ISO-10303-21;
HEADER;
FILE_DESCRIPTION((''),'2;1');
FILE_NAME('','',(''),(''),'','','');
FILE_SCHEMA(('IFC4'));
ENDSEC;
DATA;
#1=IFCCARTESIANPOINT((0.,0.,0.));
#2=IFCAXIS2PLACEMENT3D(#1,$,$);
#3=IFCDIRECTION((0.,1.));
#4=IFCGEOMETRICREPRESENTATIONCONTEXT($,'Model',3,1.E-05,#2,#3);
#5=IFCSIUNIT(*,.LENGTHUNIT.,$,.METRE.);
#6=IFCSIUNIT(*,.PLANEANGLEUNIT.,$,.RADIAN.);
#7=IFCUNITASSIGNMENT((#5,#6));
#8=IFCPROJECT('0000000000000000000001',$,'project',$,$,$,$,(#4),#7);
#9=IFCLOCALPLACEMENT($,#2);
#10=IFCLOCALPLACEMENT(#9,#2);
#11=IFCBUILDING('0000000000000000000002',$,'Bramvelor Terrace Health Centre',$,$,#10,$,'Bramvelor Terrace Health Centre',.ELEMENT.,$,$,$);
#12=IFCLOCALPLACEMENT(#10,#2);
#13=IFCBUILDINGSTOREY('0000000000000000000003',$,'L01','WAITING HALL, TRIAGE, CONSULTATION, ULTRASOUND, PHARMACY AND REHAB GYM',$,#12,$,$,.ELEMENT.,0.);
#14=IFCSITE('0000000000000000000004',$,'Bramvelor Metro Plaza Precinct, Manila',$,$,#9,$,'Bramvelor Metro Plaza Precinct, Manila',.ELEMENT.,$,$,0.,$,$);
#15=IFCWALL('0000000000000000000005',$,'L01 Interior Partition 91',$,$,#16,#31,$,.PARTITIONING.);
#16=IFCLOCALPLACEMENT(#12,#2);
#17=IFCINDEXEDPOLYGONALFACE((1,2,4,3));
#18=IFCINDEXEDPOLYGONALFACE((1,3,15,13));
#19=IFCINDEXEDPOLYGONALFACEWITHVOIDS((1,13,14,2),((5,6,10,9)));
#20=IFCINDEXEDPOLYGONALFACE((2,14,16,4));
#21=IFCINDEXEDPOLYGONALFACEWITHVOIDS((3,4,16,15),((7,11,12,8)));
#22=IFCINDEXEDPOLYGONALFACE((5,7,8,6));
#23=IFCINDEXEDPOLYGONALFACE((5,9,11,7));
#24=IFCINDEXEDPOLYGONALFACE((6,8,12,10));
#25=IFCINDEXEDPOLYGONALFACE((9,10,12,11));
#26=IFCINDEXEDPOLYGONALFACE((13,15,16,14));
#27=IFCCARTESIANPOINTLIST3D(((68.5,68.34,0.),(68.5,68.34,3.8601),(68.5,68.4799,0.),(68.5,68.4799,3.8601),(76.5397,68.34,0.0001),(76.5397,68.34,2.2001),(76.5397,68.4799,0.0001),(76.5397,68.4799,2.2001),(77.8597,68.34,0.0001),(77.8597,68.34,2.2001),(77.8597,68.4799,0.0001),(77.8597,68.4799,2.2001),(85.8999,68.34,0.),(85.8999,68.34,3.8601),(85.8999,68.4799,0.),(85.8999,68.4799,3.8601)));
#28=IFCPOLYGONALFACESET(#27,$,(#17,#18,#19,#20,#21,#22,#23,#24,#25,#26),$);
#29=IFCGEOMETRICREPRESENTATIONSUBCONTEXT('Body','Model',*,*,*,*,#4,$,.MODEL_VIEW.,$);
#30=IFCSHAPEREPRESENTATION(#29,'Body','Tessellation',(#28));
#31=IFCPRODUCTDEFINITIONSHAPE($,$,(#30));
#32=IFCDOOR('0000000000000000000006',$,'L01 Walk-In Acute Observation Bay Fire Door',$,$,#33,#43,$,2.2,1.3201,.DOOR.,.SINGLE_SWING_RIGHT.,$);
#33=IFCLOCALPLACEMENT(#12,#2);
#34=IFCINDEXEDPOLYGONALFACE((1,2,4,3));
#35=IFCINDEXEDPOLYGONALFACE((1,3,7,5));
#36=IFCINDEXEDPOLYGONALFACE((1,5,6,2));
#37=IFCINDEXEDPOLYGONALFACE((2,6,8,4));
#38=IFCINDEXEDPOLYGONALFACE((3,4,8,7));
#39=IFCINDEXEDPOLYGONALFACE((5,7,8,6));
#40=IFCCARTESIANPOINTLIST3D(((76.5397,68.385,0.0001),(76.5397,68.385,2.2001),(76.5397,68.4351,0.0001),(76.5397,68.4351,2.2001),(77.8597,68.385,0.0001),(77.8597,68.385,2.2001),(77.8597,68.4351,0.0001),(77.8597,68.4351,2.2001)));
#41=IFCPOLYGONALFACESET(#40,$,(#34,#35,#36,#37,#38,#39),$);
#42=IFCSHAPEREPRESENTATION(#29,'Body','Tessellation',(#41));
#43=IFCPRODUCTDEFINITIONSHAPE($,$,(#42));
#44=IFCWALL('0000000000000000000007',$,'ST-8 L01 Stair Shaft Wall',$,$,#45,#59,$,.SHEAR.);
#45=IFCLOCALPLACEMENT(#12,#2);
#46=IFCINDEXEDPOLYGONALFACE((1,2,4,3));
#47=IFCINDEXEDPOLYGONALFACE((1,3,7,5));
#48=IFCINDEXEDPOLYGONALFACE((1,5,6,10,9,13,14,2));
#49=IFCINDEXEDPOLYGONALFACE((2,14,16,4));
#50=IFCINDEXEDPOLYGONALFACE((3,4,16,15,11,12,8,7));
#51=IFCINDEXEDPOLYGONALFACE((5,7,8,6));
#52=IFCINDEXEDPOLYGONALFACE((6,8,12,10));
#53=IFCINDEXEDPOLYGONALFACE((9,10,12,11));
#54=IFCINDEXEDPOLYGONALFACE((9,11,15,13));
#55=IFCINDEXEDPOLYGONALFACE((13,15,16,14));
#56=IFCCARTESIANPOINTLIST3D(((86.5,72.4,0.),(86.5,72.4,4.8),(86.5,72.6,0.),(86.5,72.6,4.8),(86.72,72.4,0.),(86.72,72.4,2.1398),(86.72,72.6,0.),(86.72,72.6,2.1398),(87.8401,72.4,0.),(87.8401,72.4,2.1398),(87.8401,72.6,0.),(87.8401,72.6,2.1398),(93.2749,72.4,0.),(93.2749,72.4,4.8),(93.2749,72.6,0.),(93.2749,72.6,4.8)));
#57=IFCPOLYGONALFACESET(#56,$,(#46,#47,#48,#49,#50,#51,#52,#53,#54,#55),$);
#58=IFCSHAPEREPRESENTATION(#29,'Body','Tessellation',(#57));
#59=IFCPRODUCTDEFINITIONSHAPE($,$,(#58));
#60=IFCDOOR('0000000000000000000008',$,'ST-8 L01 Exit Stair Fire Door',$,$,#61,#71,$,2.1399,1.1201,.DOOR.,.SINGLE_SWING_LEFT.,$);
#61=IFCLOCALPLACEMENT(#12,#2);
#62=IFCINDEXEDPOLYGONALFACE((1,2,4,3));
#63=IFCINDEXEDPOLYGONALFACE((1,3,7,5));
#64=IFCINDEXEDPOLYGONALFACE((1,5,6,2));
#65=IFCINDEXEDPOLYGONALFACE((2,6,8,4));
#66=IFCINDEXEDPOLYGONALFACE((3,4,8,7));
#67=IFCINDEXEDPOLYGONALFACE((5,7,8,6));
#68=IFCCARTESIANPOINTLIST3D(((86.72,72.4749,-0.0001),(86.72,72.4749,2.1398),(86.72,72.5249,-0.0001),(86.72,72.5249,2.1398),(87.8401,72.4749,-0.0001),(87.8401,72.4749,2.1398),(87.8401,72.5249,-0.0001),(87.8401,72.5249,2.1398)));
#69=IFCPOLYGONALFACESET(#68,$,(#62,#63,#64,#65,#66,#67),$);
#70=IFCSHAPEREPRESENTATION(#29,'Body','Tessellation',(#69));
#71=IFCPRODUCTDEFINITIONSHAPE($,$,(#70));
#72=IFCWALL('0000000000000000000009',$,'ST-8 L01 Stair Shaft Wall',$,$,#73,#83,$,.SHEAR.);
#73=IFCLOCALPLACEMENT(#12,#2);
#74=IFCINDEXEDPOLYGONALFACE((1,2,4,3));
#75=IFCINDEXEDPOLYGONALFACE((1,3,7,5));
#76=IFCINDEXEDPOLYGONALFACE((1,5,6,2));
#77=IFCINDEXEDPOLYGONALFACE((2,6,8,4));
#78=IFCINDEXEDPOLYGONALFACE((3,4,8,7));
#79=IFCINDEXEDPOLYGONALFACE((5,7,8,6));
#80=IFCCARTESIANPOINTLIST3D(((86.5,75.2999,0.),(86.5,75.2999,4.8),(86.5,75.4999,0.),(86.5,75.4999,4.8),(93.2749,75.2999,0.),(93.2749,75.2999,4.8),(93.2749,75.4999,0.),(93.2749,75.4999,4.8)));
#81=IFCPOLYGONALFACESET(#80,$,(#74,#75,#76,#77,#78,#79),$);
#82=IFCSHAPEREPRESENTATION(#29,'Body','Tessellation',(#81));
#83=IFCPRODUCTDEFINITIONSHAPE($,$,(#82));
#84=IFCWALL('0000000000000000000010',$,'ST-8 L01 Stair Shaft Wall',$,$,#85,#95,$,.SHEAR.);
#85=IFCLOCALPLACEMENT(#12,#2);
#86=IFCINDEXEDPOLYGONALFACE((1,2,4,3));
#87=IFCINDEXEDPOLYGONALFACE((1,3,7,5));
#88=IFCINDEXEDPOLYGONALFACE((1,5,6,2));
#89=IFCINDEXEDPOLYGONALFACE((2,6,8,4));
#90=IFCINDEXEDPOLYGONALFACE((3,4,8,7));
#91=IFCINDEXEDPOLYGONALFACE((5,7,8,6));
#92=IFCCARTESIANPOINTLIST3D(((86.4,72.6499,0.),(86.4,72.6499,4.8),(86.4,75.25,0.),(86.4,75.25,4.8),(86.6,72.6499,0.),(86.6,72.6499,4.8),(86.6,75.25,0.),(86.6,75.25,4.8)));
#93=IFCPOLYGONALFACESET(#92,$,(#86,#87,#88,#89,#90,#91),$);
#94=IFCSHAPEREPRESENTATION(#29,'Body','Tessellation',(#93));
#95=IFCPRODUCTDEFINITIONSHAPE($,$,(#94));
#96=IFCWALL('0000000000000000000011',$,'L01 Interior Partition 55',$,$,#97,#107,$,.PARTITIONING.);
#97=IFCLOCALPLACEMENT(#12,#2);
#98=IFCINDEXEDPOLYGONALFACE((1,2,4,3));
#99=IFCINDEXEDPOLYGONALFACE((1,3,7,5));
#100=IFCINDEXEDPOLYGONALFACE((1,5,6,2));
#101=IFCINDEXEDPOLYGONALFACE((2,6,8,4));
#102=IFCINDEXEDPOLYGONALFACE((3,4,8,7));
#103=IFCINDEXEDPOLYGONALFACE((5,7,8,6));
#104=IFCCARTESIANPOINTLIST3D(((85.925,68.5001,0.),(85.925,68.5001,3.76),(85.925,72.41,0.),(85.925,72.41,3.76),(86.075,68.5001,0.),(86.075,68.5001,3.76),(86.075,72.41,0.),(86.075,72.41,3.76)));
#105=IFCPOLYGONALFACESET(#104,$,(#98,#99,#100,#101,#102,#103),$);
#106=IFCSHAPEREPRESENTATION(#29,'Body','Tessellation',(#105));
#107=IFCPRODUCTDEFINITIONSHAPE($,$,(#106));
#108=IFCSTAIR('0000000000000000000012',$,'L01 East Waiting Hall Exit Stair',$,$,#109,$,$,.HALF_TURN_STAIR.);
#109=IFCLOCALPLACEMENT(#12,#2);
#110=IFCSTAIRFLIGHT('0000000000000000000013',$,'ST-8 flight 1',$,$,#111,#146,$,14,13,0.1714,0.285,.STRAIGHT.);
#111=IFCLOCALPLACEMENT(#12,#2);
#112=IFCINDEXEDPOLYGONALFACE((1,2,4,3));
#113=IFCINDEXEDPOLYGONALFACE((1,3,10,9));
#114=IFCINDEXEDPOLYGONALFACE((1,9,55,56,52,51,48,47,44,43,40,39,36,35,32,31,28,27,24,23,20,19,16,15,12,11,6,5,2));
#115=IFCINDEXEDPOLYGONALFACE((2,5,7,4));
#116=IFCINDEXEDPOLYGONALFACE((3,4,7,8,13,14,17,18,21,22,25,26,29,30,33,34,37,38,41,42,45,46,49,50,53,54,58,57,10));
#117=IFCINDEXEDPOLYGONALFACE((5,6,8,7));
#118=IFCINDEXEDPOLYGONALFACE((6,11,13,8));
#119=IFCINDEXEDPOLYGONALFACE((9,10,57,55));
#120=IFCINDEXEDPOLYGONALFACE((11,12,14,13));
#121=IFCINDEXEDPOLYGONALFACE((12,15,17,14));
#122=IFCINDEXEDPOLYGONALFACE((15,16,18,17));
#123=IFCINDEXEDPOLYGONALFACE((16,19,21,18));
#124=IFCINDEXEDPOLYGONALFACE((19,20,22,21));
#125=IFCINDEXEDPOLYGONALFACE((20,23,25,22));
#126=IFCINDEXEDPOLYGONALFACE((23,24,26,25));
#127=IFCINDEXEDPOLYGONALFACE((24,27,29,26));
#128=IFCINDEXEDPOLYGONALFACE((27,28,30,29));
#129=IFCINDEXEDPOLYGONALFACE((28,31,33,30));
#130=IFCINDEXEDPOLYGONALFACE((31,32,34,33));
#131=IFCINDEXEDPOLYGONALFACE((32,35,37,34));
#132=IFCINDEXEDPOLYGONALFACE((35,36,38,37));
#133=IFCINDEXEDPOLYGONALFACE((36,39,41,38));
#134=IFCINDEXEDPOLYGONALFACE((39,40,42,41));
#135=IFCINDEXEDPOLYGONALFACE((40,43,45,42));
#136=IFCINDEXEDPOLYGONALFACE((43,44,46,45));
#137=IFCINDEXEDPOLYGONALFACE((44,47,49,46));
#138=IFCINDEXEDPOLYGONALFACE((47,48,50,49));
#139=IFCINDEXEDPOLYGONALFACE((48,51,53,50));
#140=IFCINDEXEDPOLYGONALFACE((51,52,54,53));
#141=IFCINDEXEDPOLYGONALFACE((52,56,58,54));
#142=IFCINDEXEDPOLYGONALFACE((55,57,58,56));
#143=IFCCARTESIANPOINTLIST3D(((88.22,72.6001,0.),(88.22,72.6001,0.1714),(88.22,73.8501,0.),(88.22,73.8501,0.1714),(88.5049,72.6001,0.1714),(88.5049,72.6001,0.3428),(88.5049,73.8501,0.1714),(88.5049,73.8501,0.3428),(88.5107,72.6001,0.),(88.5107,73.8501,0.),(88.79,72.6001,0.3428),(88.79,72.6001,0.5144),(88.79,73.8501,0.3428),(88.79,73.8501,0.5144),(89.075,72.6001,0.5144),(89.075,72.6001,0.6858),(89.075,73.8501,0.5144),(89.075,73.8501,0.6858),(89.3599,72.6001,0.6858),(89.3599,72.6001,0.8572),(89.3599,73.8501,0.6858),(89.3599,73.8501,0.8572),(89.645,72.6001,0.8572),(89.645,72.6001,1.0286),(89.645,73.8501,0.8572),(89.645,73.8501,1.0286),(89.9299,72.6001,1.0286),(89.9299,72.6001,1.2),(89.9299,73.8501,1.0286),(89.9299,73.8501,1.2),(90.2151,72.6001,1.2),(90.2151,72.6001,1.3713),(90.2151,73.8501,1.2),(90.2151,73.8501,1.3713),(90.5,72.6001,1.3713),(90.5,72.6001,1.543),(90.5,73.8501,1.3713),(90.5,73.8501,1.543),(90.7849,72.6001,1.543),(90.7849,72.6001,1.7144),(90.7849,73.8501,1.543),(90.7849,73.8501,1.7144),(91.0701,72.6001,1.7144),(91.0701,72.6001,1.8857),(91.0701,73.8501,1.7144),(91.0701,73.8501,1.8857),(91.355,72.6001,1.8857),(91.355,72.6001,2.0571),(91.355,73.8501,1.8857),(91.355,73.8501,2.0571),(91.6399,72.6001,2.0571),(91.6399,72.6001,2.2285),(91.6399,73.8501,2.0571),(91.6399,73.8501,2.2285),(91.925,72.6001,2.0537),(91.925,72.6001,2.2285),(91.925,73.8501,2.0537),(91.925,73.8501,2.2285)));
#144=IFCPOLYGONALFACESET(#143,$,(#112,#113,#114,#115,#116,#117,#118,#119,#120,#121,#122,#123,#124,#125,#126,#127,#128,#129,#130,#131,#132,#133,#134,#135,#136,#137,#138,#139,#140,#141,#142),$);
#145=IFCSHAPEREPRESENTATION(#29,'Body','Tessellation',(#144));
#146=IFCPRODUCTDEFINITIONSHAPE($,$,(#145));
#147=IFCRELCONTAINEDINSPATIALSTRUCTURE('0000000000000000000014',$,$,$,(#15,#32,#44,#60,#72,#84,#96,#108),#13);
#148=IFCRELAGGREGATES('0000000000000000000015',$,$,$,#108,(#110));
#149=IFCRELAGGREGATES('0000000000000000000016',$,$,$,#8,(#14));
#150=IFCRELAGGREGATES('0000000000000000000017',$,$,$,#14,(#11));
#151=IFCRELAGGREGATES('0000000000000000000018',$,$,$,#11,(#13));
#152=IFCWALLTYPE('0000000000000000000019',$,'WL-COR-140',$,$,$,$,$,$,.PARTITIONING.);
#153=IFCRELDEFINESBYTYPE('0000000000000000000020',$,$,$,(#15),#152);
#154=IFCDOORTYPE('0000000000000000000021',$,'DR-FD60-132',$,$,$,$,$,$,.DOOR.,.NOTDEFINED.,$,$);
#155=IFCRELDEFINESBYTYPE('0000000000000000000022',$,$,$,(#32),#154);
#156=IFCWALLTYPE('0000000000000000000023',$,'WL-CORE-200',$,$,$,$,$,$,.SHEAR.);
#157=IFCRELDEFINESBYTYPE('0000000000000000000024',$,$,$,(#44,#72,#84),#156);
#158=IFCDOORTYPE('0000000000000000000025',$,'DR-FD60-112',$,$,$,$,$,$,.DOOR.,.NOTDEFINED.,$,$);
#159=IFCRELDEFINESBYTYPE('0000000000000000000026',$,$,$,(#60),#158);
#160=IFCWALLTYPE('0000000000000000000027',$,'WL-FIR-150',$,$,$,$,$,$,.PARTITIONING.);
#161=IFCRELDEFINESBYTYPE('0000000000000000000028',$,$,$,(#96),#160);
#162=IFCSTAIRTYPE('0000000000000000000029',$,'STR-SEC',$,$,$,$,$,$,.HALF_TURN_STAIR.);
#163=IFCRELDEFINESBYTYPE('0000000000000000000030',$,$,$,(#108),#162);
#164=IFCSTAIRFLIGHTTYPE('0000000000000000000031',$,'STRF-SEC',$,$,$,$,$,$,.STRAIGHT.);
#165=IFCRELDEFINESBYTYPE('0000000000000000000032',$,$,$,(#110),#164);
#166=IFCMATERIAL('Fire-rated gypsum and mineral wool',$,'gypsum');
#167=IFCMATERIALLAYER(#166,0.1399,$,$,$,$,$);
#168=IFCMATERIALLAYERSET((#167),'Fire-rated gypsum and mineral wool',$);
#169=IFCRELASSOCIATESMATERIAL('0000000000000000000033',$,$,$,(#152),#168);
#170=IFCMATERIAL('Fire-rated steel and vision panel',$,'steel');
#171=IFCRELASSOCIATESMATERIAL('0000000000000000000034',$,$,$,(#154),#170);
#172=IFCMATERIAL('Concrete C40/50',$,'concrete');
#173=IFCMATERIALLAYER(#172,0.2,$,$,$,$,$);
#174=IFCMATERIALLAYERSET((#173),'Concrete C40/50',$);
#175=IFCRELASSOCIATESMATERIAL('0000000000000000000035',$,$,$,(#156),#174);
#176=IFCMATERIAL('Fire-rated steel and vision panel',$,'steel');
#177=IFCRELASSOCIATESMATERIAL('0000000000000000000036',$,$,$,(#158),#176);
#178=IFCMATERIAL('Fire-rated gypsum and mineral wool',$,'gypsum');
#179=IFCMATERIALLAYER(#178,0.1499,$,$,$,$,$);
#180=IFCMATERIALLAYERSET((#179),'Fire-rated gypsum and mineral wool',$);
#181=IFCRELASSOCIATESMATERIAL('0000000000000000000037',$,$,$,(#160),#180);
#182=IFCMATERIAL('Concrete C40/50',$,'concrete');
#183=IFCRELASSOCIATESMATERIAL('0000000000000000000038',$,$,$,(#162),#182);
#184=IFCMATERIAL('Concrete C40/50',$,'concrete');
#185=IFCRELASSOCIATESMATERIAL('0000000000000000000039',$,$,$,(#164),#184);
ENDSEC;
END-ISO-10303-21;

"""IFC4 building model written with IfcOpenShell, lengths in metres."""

from ifc_helpers import new_model, si_unit, direction, frame, frame_2d, origin, place, context, subcontext, project, spatial, polyline, rectangle, outline, extrude, material, layer, layer_set, type_object, element, fill, aggregate, save


model = new_model("IFC4")

# Units and contexts
model_context = context("Model", 3, precision=1e-05, world=origin(), true_north=direction((0.0, 1.0)))
body_context = subcontext(model_context, "Body", "Model", "MODEL_VIEW")
ifc_project = project(units=[si_unit("LENGTHUNIT", "METRE"), si_unit("PLANEANGLEUNIT", "RADIAN")], contexts=[model_context])

# Site, building, storey
site_placement = place(None, origin())
site = spatial("IfcSite", under=ifc_project, at=site_placement, Name="Bramvelor Metro Plaza Precinct, Manila", LongName="Bramvelor Metro Plaza Precinct, Manila", CompositionType="ELEMENT", RefElevation=0.0)
building_placement = place(site_placement, origin())
building = spatial("IfcBuilding", under=site, at=building_placement, Name="Bramvelor Terrace Health Centre", LongName="Bramvelor Terrace Health Centre", CompositionType="ELEMENT")
storey_placement = place(building_placement, origin())
storey = spatial("IfcBuildingStorey", under=building, at=storey_placement, Name="L01", Description="WAITING HALL, TRIAGE, CONSULTATION, ULTRASOUND, PHARMACY AND REHAB GYM", CompositionType="ELEMENT", Elevation=0.0)

# Shared definitions
ifc_material_1 = material(Name="Fire-rated gypsum and mineral wool", Category="gypsum")
ifc_layer_1 = layer(ifc_material_1, 0.1399)
ifc_layer_set_1 = layer_set([ifc_layer_1], Name="Fire-rated gypsum and mineral wool")
wall_type_1 = type_object("IfcWallType", Name="WL-COR-140", PredefinedType="PARTITIONING", material=ifc_layer_set_1)

# Walls, openings, doors
wall_1_placement = place(storey_placement, frame((85.8999, 68.4099, 0.0), z_axis=(0.0, 0.0, 1.0), x_axis=(-1.0, 0.0, 0.0)))
wall_1 = element("IfcWall", 1, at=wall_1_placement, inside=storey, type_object=wall_type_1, Name="L01 Interior Partition 91", PredefinedType="PARTITIONING", context=body_context, shape_type="SweptSolid", body=[
    extrude(rectangle(XDim=17.3999, YDim=0.1399, at=frame_2d((8.7, 0.0))), origin(), (0.0, 0.0, 1.0), 3.8601),
])
opening_1_placement = place(wall_1_placement, frame((8.04, 0.0, 0.0)))
opening_1 = element("IfcOpeningElement", 2, at=opening_1_placement, cuts=wall_1, PredefinedType="OPENING", context=body_context, shape_type="SweptSolid", body=[
    extrude(rectangle(XDim=1.3201, YDim=2.2, at=frame_2d((0.6602, 1.1001))), frame((0.0, 0.0798, 0.0), z_axis=(0.0, -1.0, 0.0), x_axis=(1.0, 0.0, 0.0)), (0.0, 0.0, 1.0), 0.1599),
])
ifc_material_2 = material(Name="Fire-rated steel and vision panel", Category="steel")
door_type_1 = type_object("IfcDoorType", Name="DR-FD60-132", OperationType="NOTDEFINED", PredefinedType="DOOR", material=ifc_material_2)
door_1_placement = place(opening_1_placement, origin())
door_1 = element("IfcDoor", 3, at=door_1_placement, inside=storey, type_object=door_type_1, Name="L01 Walk-In Acute Observation Bay Fire Door", OperationType="SINGLE_SWING_RIGHT", OverallHeight=2.2, OverallWidth=1.3201, PredefinedType="DOOR", context=body_context, shape_type="SweptSolid", body=[
    extrude(rectangle(XDim=1.3201, YDim=2.2, at=frame_2d((0.6602, 1.1001))), frame((0.0, 0.0249, 0.0), z_axis=(0.0, -1.0, 0.0), x_axis=(1.0, 0.0, 0.0)), (0.0, 0.0, 1.0), 0.05),
])
fill(opening_1, door_1)
ifc_material_3 = material(Name="Concrete C40/50", Category="concrete")
ifc_layer_2 = layer(ifc_material_3, 0.2)
ifc_layer_set_2 = layer_set([ifc_layer_2], Name="Concrete C40/50")
wall_type_2 = type_object("IfcWallType", Name="WL-CORE-200", PredefinedType="SHEAR", material=ifc_layer_set_2)
wall_2_placement = place(storey_placement, frame((86.5, 72.5, 0.0), z_axis=(0.0, 0.0, 1.0), x_axis=(1.0, 0.0, 0.0)))
wall_2 = element("IfcWall", 4, at=wall_2_placement, inside=storey, type_object=wall_type_2, Name="ST-8 L01 Stair Shaft Wall", PredefinedType="SHEAR", context=body_context, shape_type="SweptSolid", body=[
    extrude(rectangle(XDim=6.7749, YDim=0.2, at=frame_2d((3.3875, 0.0))), origin(), (0.0, 0.0, 1.0), 4.8),
])
opening_2_placement = place(wall_2_placement, frame((0.22, 0.0, 0.0)))
opening_2 = element("IfcOpeningElement", 5, at=opening_2_placement, cuts=wall_2, PredefinedType="OPENING", context=body_context, shape_type="SweptSolid", body=[
    extrude(rectangle(XDim=1.1201, YDim=2.1399, at=frame_2d((0.5601, 1.0698))), frame((0.0, 0.1099, 0.0), z_axis=(0.0, -1.0, 0.0), x_axis=(1.0, 0.0, 0.0)), (0.0, 0.0, 1.0), 0.22),
])
ifc_material_4 = material(Name="Fire-rated steel and vision panel", Category="steel")
door_type_2 = type_object("IfcDoorType", Name="DR-FD60-112", OperationType="NOTDEFINED", PredefinedType="DOOR", material=ifc_material_4)
door_2_placement = place(opening_2_placement, origin())
door_2 = element("IfcDoor", 6, at=door_2_placement, inside=storey, type_object=door_type_2, Name="ST-8 L01 Exit Stair Fire Door", OperationType="SINGLE_SWING_LEFT", OverallHeight=2.1399, OverallWidth=1.1201, PredefinedType="DOOR", context=body_context, shape_type="SweptSolid", body=[
    extrude(rectangle(XDim=1.1201, YDim=2.1399, at=frame_2d((0.5601, 1.0698))), frame((0.0, 0.0249, 0.0), z_axis=(0.0, -1.0, 0.0), x_axis=(1.0, 0.0, 0.0)), (0.0, 0.0, 1.0), 0.05),
])
fill(opening_2, door_2)

# Walls
wall_3_placement = place(storey_placement, frame((86.5, 75.3999, 0.0), z_axis=(0.0, 0.0, 1.0), x_axis=(1.0, 0.0, 0.0)))
element("IfcWall", 7, at=wall_3_placement, inside=storey, type_object=wall_type_2, Name="ST-8 L01 Stair Shaft Wall", PredefinedType="SHEAR", context=body_context, shape_type="SweptSolid", body=[
    extrude(rectangle(XDim=6.7749, YDim=0.2, at=frame_2d((3.3875, 0.0))), origin(), (0.0, 0.0, 1.0), 4.8),
])
wall_4_placement = place(storey_placement, frame((86.5, 72.6499, 0.0), z_axis=(0.0, 0.0, 1.0), x_axis=(0.0, 1.0, 0.0)))
element("IfcWall", 8, at=wall_4_placement, inside=storey, type_object=wall_type_2, Name="ST-8 L01 Stair Shaft Wall", PredefinedType="SHEAR", context=body_context, shape_type="SweptSolid", body=[
    extrude(rectangle(XDim=2.6001, YDim=0.2, at=frame_2d((1.3, 0.0))), origin(), (0.0, 0.0, 1.0), 4.8),
])
ifc_material_5 = material(Name="Fire-rated gypsum and mineral wool", Category="gypsum")
ifc_layer_3 = layer(ifc_material_5, 0.1499)
ifc_layer_set_3 = layer_set([ifc_layer_3], Name="Fire-rated gypsum and mineral wool")
wall_type_3 = type_object("IfcWallType", Name="WL-FIR-150", PredefinedType="PARTITIONING", material=ifc_layer_set_3)
wall_5_placement = place(storey_placement, frame((86.0, 68.5, 0.0), z_axis=(0.0, 0.0, 1.0), x_axis=(0.0, 1.0, 0.0)))
element("IfcWall", 9, at=wall_5_placement, inside=storey, type_object=wall_type_3, Name="L01 Interior Partition 55", PredefinedType="PARTITIONING", context=body_context, shape_type="SweptSolid", body=[
    extrude(rectangle(XDim=3.9099, YDim=0.1499, at=frame_2d((1.9551, 0.0))), origin(), (0.0, 0.0, 1.0), 3.76),
])

# Stair, stair flight
ifc_material_6 = material(Name="Concrete C40/50", Category="concrete")
stair_type = type_object("IfcStairType", Name="STR-SEC", PredefinedType="HALF_TURN_STAIR", material=ifc_material_6)
stair_placement = place(storey_placement, origin())
stair = element("IfcStair", 10, at=stair_placement, inside=storey, type_object=stair_type, Name="L01 East Waiting Hall Exit Stair", PredefinedType="HALF_TURN_STAIR")
ifc_material_7 = material(Name="Concrete C40/50", Category="concrete")
stair_flight_type = type_object("IfcStairFlightType", Name="STRF-SEC", PredefinedType="STRAIGHT", material=ifc_material_7)
stair_flight_placement = place(storey_placement, frame((88.22, 73.2251, 0.0), z_axis=(0.0, 0.0, 1.0), x_axis=(1.0, 0.0, 0.0)))
stair_flight = element("IfcStairFlight", 11, at=stair_flight_placement, type_object=stair_flight_type, Name="ST-8 flight 1", NumberOfRisers=14, NumberOfTreads=13, PredefinedType="STRAIGHT", RiserHeight=0.1714, TreadLength=0.285, context=body_context, shape_type="SweptSolid", body=[
    extrude(outline(polyline([(0.0, 0.0), (0.0, 0.1714), (0.2849, 0.1714), (0.2849, 0.3428), (0.5701, 0.3428), (0.5701, 0.5144), (0.855, 0.5144), (0.855, 0.6858), (1.1399, 0.6858), (1.1399, 0.8572), (1.425, 0.8572), (1.425, 1.0286), (1.71, 1.0286), (1.71, 1.2), (1.9951, 1.2), (1.9951, 1.3713), (2.28, 1.3713), (2.28, 1.543), (2.5649, 1.543), (2.5649, 1.7144), (2.8501, 1.7144), (2.8501, 1.8857), (3.135, 1.8857), (3.135, 2.0571), (3.4199, 2.0571), (3.4199, 2.2285), (3.7051, 2.2285), (3.7051, 2.3999), (3.7051, 2.0537), (0.2908, 0.0), (0.0, 0.0)])), frame((0.0, 0.625, 0.0), z_axis=(0.0, -1.0, 0.0), x_axis=(1.0, 0.0, 0.0)), (0.0, 0.0, 1.0), 1.25),
])
aggregate(stair, [stair_flight])

save(model, "model.ifc")
